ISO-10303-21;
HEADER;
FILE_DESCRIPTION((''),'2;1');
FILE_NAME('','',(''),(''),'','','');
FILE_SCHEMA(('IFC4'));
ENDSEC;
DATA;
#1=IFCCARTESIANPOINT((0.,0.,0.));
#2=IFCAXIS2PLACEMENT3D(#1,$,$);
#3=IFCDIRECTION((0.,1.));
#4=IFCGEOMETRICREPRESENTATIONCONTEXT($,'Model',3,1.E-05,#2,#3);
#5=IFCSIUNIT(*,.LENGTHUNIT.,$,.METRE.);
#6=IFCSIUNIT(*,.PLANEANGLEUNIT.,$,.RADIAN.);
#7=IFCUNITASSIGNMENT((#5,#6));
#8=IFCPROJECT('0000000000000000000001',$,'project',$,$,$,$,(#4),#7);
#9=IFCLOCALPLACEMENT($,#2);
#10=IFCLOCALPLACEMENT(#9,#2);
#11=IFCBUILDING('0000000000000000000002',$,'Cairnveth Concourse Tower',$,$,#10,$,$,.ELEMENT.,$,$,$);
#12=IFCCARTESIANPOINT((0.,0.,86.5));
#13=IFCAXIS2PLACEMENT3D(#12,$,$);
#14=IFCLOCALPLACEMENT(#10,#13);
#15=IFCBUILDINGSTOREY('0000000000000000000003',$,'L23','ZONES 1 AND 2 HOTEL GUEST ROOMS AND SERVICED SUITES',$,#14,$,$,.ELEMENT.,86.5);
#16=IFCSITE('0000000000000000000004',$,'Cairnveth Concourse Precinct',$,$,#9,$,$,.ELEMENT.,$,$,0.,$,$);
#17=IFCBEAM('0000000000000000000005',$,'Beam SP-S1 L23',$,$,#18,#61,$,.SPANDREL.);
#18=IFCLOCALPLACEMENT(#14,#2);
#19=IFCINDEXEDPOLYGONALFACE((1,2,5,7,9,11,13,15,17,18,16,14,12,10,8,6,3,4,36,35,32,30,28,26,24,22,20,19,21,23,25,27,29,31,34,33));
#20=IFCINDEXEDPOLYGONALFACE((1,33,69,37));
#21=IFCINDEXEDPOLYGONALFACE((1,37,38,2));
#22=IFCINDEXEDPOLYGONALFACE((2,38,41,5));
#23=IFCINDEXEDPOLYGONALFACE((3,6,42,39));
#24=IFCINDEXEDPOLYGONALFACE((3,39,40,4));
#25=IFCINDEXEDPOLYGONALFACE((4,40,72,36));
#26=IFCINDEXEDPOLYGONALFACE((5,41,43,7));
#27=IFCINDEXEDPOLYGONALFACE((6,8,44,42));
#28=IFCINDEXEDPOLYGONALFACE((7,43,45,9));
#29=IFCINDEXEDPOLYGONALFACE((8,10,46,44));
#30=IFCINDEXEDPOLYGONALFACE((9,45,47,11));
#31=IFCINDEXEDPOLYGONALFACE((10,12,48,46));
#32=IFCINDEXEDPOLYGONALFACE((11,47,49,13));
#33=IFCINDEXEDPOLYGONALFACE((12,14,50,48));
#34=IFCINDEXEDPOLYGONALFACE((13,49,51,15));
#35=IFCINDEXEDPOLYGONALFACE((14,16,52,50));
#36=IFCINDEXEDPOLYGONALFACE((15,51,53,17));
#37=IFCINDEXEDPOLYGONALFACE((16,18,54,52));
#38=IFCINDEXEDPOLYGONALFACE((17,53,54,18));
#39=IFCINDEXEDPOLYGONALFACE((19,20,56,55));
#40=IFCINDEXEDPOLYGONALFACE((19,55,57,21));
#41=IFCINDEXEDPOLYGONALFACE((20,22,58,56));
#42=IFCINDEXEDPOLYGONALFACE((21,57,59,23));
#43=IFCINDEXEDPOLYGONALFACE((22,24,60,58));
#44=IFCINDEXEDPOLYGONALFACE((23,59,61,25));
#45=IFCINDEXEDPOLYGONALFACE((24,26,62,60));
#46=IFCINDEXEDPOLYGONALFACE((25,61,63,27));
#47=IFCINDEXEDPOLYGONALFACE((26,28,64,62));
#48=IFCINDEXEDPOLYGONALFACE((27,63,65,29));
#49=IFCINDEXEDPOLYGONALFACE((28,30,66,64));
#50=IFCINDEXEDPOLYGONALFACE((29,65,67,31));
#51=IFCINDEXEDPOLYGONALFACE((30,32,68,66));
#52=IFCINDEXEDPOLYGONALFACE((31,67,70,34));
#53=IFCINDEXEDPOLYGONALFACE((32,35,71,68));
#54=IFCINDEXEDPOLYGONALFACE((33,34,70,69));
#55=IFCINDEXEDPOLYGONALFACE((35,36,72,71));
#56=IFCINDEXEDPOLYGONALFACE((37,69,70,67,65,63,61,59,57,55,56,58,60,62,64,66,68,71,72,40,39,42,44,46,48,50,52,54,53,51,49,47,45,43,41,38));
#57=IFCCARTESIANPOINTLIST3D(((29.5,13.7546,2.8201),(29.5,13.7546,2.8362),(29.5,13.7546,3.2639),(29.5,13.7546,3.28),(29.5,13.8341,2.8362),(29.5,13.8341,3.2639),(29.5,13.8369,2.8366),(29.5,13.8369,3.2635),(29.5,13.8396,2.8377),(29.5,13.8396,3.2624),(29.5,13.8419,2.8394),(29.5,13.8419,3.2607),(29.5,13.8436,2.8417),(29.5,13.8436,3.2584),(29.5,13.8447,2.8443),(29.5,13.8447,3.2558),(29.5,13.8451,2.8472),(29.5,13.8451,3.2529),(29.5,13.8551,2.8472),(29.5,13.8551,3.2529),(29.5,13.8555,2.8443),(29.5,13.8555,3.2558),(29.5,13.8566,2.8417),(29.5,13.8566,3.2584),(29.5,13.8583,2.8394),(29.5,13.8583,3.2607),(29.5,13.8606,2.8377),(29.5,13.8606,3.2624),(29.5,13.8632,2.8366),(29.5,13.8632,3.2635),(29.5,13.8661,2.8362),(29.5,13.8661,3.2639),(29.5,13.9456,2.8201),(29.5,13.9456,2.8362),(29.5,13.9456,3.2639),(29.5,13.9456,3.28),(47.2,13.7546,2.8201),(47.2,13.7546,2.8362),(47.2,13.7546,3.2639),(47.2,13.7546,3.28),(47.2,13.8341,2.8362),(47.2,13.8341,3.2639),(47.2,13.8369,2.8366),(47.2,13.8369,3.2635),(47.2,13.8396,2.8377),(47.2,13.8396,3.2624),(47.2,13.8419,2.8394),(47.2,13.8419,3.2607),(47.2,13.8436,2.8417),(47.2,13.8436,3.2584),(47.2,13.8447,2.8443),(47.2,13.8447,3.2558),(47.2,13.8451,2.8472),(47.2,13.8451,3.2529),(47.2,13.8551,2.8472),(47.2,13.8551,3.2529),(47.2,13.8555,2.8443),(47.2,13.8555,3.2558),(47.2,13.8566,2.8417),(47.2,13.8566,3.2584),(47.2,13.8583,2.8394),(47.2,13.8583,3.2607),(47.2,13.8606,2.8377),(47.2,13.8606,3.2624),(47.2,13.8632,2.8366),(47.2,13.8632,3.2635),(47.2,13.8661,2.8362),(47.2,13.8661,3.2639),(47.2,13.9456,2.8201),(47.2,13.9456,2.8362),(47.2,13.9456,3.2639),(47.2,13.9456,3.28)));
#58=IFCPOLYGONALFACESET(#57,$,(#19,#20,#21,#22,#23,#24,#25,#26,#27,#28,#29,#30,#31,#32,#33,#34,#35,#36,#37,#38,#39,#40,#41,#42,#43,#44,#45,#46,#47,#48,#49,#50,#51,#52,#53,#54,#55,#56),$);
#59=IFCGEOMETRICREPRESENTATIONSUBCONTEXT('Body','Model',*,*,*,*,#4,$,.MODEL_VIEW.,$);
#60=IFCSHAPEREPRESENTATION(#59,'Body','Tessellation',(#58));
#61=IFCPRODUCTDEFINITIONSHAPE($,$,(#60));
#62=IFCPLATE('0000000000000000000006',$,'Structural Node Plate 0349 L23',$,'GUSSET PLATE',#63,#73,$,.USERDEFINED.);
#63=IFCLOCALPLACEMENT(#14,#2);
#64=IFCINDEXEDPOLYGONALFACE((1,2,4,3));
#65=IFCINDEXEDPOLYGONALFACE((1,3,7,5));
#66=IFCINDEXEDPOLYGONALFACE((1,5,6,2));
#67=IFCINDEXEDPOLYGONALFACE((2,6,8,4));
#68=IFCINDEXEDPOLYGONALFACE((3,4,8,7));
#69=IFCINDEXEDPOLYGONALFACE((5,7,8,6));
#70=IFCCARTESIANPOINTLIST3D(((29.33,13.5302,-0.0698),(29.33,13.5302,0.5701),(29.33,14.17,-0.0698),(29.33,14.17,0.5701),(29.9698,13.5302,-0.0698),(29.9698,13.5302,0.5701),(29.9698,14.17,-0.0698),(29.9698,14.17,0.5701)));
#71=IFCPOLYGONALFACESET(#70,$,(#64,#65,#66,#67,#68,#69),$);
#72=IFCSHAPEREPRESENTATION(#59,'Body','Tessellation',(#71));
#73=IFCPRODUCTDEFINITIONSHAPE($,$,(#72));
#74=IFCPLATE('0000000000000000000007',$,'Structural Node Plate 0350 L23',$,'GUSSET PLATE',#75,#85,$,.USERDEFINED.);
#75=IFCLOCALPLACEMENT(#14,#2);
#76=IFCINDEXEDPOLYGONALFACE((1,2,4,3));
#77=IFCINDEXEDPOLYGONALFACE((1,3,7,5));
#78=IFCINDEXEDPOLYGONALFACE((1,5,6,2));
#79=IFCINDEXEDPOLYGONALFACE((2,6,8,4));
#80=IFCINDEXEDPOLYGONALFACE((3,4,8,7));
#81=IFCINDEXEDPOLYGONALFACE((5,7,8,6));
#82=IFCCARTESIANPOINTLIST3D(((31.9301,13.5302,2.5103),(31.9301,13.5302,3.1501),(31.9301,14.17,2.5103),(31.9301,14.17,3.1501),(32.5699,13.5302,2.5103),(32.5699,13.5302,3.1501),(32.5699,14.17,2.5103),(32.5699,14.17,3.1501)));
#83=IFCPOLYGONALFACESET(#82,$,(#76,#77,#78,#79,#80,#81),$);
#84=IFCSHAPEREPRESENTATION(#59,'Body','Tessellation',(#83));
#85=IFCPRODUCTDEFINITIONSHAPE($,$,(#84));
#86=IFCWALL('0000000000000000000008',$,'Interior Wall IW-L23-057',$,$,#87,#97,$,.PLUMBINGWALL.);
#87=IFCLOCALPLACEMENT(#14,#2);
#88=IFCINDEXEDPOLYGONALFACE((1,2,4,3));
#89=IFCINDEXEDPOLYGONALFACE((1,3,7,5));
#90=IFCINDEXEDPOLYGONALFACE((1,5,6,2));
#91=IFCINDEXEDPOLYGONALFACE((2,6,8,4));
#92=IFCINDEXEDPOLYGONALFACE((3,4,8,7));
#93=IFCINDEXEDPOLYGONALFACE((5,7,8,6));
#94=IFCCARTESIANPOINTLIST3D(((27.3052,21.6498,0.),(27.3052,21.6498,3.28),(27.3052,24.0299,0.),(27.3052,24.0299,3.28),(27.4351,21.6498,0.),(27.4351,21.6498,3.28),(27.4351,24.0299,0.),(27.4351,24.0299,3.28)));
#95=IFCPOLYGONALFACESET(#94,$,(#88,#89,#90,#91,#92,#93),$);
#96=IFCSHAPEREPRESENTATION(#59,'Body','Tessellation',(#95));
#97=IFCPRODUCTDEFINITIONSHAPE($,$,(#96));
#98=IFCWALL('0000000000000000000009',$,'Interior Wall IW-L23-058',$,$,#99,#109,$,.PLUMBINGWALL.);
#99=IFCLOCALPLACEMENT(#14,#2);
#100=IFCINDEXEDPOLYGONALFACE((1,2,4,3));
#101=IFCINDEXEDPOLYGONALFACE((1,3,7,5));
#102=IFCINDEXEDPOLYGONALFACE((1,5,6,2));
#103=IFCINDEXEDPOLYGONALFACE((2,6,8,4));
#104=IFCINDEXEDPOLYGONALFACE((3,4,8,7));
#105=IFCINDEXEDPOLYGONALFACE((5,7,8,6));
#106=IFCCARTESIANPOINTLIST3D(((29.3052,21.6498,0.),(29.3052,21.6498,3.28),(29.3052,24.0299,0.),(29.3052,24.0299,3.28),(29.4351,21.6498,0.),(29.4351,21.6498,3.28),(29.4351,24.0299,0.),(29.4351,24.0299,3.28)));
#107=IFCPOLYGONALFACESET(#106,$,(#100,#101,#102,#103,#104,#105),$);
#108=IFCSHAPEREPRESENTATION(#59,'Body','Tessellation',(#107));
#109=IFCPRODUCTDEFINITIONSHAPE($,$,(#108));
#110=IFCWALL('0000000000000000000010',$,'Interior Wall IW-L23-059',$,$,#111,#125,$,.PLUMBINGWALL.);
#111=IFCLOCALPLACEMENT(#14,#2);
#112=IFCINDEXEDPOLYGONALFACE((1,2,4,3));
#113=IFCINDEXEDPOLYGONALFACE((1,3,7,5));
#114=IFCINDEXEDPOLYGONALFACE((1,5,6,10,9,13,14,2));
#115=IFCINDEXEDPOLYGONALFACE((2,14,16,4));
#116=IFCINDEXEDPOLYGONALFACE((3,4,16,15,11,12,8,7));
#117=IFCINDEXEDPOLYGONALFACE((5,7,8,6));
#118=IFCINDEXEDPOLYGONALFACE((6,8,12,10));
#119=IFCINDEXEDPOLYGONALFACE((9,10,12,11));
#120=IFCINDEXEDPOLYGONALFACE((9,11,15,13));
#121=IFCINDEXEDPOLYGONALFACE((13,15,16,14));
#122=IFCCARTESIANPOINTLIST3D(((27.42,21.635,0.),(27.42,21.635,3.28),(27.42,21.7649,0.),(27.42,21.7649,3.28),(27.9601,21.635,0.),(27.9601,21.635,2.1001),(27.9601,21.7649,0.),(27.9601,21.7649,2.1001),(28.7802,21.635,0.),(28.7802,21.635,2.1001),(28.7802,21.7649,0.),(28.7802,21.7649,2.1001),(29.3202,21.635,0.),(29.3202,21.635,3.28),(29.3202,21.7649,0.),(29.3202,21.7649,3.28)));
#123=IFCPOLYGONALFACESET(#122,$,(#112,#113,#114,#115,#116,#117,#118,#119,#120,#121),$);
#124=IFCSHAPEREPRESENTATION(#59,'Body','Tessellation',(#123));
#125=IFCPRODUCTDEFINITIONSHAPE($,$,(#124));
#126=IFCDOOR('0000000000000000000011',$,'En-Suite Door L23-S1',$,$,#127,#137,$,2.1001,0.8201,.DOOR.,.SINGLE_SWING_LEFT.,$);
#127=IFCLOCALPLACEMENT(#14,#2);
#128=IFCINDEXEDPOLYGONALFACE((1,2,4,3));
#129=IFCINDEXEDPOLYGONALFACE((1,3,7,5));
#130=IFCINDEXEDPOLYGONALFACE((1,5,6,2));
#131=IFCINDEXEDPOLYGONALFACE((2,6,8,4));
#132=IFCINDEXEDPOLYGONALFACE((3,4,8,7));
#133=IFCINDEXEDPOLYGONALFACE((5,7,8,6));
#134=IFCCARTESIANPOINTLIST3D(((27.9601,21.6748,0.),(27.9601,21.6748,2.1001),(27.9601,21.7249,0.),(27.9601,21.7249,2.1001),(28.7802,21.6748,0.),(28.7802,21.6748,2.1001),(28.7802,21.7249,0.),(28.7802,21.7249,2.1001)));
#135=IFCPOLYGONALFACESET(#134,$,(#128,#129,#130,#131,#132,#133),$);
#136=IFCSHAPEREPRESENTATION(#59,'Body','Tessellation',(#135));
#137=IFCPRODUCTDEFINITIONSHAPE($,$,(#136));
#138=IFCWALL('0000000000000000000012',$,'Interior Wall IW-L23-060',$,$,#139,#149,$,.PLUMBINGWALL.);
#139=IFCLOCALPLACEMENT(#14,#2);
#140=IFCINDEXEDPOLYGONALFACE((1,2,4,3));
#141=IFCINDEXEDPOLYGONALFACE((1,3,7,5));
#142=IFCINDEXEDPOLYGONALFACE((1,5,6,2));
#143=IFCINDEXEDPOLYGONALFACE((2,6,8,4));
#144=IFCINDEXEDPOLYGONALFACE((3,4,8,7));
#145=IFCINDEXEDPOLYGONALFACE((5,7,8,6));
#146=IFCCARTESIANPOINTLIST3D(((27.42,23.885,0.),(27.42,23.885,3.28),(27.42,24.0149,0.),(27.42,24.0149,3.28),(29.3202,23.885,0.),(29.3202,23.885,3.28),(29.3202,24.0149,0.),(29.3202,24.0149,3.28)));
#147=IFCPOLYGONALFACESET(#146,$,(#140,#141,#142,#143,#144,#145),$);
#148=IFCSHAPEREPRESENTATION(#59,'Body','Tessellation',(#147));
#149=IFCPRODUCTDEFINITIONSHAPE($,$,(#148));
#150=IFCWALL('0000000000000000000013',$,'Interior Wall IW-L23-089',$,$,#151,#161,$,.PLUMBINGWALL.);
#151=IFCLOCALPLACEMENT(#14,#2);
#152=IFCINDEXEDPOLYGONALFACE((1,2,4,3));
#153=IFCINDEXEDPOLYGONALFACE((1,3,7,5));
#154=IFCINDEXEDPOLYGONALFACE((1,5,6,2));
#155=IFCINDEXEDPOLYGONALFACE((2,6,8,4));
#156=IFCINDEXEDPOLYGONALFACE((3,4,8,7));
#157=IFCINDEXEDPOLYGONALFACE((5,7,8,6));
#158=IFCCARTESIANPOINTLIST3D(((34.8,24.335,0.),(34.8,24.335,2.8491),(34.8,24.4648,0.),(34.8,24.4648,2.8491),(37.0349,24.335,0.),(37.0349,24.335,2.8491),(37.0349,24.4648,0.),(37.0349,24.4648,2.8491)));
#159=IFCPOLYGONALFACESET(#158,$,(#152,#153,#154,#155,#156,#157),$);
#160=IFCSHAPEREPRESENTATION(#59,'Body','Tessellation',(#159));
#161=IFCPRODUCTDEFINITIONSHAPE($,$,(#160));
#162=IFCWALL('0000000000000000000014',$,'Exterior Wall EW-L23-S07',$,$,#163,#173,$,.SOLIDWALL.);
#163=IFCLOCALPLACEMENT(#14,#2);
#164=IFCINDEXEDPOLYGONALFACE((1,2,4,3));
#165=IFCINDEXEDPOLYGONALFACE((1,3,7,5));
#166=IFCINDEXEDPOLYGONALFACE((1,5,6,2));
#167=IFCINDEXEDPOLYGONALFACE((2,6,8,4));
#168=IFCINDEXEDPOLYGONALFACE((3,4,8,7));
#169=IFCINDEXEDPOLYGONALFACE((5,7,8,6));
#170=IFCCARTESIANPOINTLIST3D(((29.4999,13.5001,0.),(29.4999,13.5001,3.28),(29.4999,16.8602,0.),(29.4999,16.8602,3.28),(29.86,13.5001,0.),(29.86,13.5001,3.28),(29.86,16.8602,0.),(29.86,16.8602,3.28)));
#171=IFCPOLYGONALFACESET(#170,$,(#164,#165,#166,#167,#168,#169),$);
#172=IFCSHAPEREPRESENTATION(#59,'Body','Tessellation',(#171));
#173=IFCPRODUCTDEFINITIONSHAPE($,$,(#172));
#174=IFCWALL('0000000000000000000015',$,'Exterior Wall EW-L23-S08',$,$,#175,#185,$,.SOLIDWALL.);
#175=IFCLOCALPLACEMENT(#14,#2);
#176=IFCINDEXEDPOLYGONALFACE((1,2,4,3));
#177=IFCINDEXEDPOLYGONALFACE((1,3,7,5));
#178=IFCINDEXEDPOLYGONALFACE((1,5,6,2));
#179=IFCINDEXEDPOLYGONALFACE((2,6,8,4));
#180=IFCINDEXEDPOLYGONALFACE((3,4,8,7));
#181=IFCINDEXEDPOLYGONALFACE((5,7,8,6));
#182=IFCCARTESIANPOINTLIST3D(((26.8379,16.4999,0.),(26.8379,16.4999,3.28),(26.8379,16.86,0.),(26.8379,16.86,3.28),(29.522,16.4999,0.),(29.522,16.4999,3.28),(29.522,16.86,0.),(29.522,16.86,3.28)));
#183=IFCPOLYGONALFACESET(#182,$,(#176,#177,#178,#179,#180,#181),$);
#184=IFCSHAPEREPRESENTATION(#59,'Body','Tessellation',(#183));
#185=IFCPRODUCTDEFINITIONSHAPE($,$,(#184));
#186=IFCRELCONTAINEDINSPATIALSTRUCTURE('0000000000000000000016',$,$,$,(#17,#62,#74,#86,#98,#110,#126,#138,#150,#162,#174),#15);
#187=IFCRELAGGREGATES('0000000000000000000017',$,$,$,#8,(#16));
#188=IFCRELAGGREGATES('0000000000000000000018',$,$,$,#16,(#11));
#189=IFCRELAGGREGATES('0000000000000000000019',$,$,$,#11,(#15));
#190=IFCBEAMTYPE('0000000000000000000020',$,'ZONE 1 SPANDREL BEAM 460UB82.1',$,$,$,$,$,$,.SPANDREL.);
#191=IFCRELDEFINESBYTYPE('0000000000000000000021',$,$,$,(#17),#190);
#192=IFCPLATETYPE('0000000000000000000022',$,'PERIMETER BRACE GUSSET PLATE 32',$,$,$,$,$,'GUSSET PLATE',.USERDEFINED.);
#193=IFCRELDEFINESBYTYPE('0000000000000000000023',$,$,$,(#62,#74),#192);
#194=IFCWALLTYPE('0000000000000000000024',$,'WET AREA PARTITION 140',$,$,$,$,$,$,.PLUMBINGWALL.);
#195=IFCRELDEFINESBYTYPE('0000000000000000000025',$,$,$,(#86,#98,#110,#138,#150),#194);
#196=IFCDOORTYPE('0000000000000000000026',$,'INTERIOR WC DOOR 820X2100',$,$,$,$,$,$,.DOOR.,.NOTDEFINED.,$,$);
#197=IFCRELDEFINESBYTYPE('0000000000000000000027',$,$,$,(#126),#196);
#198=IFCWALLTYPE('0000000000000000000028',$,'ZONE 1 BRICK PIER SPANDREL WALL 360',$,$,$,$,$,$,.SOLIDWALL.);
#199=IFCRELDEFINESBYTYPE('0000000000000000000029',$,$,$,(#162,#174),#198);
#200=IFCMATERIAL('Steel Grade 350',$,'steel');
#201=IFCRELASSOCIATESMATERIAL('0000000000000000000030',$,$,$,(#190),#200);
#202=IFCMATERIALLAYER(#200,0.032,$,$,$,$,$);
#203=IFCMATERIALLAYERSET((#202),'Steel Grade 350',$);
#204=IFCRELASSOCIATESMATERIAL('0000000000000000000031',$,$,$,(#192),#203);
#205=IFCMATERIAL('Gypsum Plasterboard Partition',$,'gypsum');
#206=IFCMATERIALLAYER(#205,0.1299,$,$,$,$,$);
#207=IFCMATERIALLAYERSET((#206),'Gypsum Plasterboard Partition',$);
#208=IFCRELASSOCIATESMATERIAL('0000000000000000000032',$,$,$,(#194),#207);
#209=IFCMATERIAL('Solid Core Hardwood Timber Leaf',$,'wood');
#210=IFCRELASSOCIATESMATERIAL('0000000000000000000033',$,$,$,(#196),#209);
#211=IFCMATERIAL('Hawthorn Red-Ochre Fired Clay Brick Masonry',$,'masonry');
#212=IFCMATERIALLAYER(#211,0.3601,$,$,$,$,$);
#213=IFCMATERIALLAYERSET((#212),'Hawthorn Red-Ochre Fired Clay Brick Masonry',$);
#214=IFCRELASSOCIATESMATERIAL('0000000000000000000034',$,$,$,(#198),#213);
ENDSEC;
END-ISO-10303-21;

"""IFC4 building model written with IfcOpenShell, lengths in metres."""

from ifc_helpers import new_model, si_unit, direction, frame, frame_2d, origin, origin_2d, place, context, subcontext, project, spatial, rectangle, i_section, extrude, material, layer, layer_set, material_profile, profile_set, type_object, element, fill, save


model = new_model("IFC4")

# Units and contexts
model_context = context("Model", 3, precision=1e-05, world=origin(), true_north=direction((0.0, 1.0)))
body_context = subcontext(model_context, "Body", "Model", "MODEL_VIEW")
ifc_project = project(units=[si_unit("LENGTHUNIT", "METRE"), si_unit("PLANEANGLEUNIT", "RADIAN")], contexts=[model_context])

# Site, building, storey
site_placement = place(None, origin())
site = spatial("IfcSite", under=ifc_project, at=site_placement, Name="Cairnveth Concourse Precinct", CompositionType="ELEMENT", RefElevation=0.0)
building_placement = place(site_placement, origin())
building = spatial("IfcBuilding", under=site, at=building_placement, Name="Cairnveth Concourse Tower", CompositionType="ELEMENT")
storey_placement = place(building_placement, frame((0.0, 0.0, 86.5)))
storey = spatial("IfcBuildingStorey", under=building, at=storey_placement, Name="L23", Description="ZONES 1 AND 2 HOTEL GUEST ROOMS AND SERVICED SUITES", CompositionType="ELEMENT", Elevation=86.5)

# Shared definitions
ifc_material_1 = material(Name="Steel Grade 350", Category="steel")

# Beam
ifc_material_profile_1 = material_profile(ifc_material_1, i_section(OverallWidth=0.1909, OverallDepth=0.46, WebThickness=0.01, FlangeThickness=0.0161, FilletRadius=0.011, at=origin_2d()), Name="460UB82.1")
ifc_profile_set_1 = profile_set([ifc_material_profile_1], Name="Steel Grade 350")
beam_type_1 = type_object("IfcBeamType", Name="ZONE 1 SPANDREL BEAM 460UB82.1", PredefinedType="SPANDREL", material=ifc_profile_set_1)
beam_1_placement = place(storey_placement, frame((29.5, 13.8501, 3.05), z_axis=(1.0, 0.0, 0.0), x_axis=(0.0, 1.0, 0.0)))
element("IfcBeam", 1, at=beam_1_placement, inside=storey, type_object=beam_type_1, Name="Beam SP-S1 L23", PredefinedType="SPANDREL", context=body_context, shape_type="SweptSolid", body=[
    extrude(i_section(OverallWidth=0.1909, OverallDepth=0.46, WebThickness=0.01, FlangeThickness=0.0161, FilletRadius=0.011, at=origin_2d()), origin(), (0.0, 0.0, 1.0), 17.7),
])

# Plates
ifc_layer_1 = layer(ifc_material_1, 0.032)
ifc_layer_set_1 = layer_set([ifc_layer_1], Name="Steel Grade 350")
plate_type = type_object("IfcPlateType", Name="PERIMETER BRACE GUSSET PLATE 32", ElementType="GUSSET PLATE", PredefinedType="USERDEFINED", material=ifc_layer_set_1)
for number, where, z_axis, x_axis, name in (
    (2, (29.6499, 13.8501, -0.0698), (0.0, 0.0, 1.0), (1.0, 0.0, 0.0), "Structural Node Plate 0349 L23"),
    (3, (32.25, 13.8501, 2.5103), (0.0, 0.0, 1.0), (1.0, 0.0, 0.0), "Structural Node Plate 0350 L23"),
):
    element("IfcPlate", number, at=place(storey_placement, frame(where, z_axis=z_axis, x_axis=x_axis)), inside=storey, type_object=plate_type, Name=name, ObjectType="GUSSET PLATE", PredefinedType="USERDEFINED", context=body_context, shape_type="SweptSolid", body=[
        extrude(rectangle(XDim=0.6399, YDim=0.6399, at=origin_2d()), origin(), (0.0, 0.0, 1.0), 0.6399),
    ])

# Walls
ifc_material_2 = material(Name="Gypsum Plasterboard Partition", Category="gypsum")
ifc_layer_2 = layer(ifc_material_2, 0.1299)
ifc_layer_set_2 = layer_set([ifc_layer_2], Name="Gypsum Plasterboard Partition")
wall_type_1 = type_object("IfcWallType", Name="WET AREA PARTITION 140", PredefinedType="PLUMBINGWALL", material=ifc_layer_set_2)
for number, where, z_axis, x_axis, name in (
    (4, (27.3701, 21.6499, 0.0), (0.0, 0.0, 1.0), (0.0, 1.0, 0.0), "Interior Wall IW-L23-057"),
    (5, (29.3701, 21.6499, 0.0), (0.0, 0.0, 1.0), (0.0, 1.0, 0.0), "Interior Wall IW-L23-058"),
):
    element("IfcWall", number, at=place(storey_placement, frame(where, z_axis=z_axis, x_axis=x_axis)), inside=storey, type_object=wall_type_1, Name=name, PredefinedType="PLUMBINGWALL", context=body_context, shape_type="SweptSolid", body=[
        extrude(rectangle(XDim=2.3801, YDim=0.1299, at=frame_2d((1.1899, 0.0))), origin(), (0.0, 0.0, 1.0), 3.28),
    ])

# Wall, opening, door
wall_1_placement = place(storey_placement, frame((27.4199, 21.7, 0.0), z_axis=(0.0, 0.0, 1.0), x_axis=(1.0, 0.0, 0.0)))
wall_1 = element("IfcWall", 6, at=wall_1_placement, inside=storey, type_object=wall_type_1, Name="Interior Wall IW-L23-059", PredefinedType="PLUMBINGWALL", context=body_context, shape_type="SweptSolid", body=[
    extrude(rectangle(XDim=1.9001, YDim=0.1299, at=frame_2d((0.9502, 0.0))), origin(), (0.0, 0.0, 1.0), 3.28),
])
opening_placement = place(wall_1_placement, frame((0.54, 0.0, 0.0)))
opening = element("IfcOpeningElement", 7, at=opening_placement, cuts=wall_1, PredefinedType="OPENING", context=body_context, shape_type="SweptSolid", body=[
    extrude(rectangle(XDim=0.8201, YDim=2.1001, at=frame_2d((0.4102, 1.05))), frame((0.0, 0.075, 0.0), z_axis=(0.0, -1.0, 0.0), x_axis=(1.0, 0.0, 0.0)), (0.0, 0.0, 1.0), 0.1499),
])
ifc_material_3 = material(Name="Solid Core Hardwood Timber Leaf", Category="wood")
door_type = type_object("IfcDoorType", Name="INTERIOR WC DOOR 820X2100", OperationType="NOTDEFINED", PredefinedType="DOOR", material=ifc_material_3)
door_placement = place(opening_placement, origin())
door = element("IfcDoor", 8, at=door_placement, inside=storey, type_object=door_type, Name="En-Suite Door L23-S1", OperationType="SINGLE_SWING_LEFT", OverallHeight=2.1001, OverallWidth=0.8201, PredefinedType="DOOR", context=body_context, shape_type="SweptSolid", body=[
    extrude(rectangle(XDim=0.8201, YDim=2.1001, at=frame_2d((0.4102, 1.05))), frame((0.0, 0.0249, 0.0), z_axis=(0.0, -1.0, 0.0), x_axis=(1.0, 0.0, 0.0)), (0.0, 0.0, 1.0), 0.05),
])
fill(opening, door)

# Walls
wall_2_placement = place(storey_placement, frame((27.4199, 23.95, 0.0), z_axis=(0.0, 0.0, 1.0), x_axis=(1.0, 0.0, 0.0)))
element("IfcWall", 9, at=wall_2_placement, inside=storey, type_object=wall_type_1, Name="Interior Wall IW-L23-060", PredefinedType="PLUMBINGWALL", context=body_context, shape_type="SweptSolid", body=[
    extrude(rectangle(XDim=1.9001, YDim=0.1299, at=frame_2d((0.9502, 0.0))), origin(), (0.0, 0.0, 1.0), 3.28),
])
wall_3_placement = place(storey_placement, frame((34.8, 24.3999, 0.0), z_axis=(0.0, 0.0, 1.0), x_axis=(1.0, 0.0, 0.0)))
element("IfcWall", 10, at=wall_3_placement, inside=storey, type_object=wall_type_1, Name="Interior Wall IW-L23-089", PredefinedType="PLUMBINGWALL", context=body_context, shape_type="SweptSolid", body=[
    extrude(rectangle(XDim=2.2349, YDim=0.1299, at=frame_2d((1.1174, 0.0))), origin(), (0.0, 0.0, 1.0), 2.8491),
])
ifc_material_4 = material(Name="Hawthorn Red-Ochre Fired Clay Brick Masonry", Category="masonry")
ifc_layer_3 = layer(ifc_material_4, 0.3601)
ifc_layer_set_3 = layer_set([ifc_layer_3], Name="Hawthorn Red-Ochre Fired Clay Brick Masonry")
wall_type_2 = type_object("IfcWallType", Name="ZONE 1 BRICK PIER SPANDREL WALL 360", PredefinedType="SOLIDWALL", material=ifc_layer_set_3)
wall_4_placement = place(storey_placement, frame((29.6799, 13.5, 0.0), z_axis=(0.0, 0.0, 1.0), x_axis=(0.0, 1.0, 0.0)))
element("IfcWall", 11, at=wall_4_placement, inside=storey, type_object=wall_type_2, Name="Exterior Wall EW-L23-S07", PredefinedType="SOLIDWALL", context=body_context, shape_type="SweptSolid", body=[
    extrude(rectangle(XDim=3.3601, YDim=0.3601, at=frame_2d((1.6802, 0.0))), origin(), (0.0, 0.0, 1.0), 3.28),
])
wall_5_placement = place(storey_placement, frame((29.522, 16.6799, 0.0), z_axis=(0.0, 0.0, 1.0), x_axis=(-1.0, 0.0, 0.0)))
element("IfcWall", 12, at=wall_5_placement, inside=storey, type_object=wall_type_2, Name="Exterior Wall EW-L23-S08", PredefinedType="SOLIDWALL", context=body_context, shape_type="SweptSolid", body=[
    extrude(rectangle(XDim=2.6841, YDim=0.3601, at=frame_2d((1.342, 0.0))), origin(), (0.0, 0.0, 1.0), 3.28),
])

save(model, "model.ifc")
